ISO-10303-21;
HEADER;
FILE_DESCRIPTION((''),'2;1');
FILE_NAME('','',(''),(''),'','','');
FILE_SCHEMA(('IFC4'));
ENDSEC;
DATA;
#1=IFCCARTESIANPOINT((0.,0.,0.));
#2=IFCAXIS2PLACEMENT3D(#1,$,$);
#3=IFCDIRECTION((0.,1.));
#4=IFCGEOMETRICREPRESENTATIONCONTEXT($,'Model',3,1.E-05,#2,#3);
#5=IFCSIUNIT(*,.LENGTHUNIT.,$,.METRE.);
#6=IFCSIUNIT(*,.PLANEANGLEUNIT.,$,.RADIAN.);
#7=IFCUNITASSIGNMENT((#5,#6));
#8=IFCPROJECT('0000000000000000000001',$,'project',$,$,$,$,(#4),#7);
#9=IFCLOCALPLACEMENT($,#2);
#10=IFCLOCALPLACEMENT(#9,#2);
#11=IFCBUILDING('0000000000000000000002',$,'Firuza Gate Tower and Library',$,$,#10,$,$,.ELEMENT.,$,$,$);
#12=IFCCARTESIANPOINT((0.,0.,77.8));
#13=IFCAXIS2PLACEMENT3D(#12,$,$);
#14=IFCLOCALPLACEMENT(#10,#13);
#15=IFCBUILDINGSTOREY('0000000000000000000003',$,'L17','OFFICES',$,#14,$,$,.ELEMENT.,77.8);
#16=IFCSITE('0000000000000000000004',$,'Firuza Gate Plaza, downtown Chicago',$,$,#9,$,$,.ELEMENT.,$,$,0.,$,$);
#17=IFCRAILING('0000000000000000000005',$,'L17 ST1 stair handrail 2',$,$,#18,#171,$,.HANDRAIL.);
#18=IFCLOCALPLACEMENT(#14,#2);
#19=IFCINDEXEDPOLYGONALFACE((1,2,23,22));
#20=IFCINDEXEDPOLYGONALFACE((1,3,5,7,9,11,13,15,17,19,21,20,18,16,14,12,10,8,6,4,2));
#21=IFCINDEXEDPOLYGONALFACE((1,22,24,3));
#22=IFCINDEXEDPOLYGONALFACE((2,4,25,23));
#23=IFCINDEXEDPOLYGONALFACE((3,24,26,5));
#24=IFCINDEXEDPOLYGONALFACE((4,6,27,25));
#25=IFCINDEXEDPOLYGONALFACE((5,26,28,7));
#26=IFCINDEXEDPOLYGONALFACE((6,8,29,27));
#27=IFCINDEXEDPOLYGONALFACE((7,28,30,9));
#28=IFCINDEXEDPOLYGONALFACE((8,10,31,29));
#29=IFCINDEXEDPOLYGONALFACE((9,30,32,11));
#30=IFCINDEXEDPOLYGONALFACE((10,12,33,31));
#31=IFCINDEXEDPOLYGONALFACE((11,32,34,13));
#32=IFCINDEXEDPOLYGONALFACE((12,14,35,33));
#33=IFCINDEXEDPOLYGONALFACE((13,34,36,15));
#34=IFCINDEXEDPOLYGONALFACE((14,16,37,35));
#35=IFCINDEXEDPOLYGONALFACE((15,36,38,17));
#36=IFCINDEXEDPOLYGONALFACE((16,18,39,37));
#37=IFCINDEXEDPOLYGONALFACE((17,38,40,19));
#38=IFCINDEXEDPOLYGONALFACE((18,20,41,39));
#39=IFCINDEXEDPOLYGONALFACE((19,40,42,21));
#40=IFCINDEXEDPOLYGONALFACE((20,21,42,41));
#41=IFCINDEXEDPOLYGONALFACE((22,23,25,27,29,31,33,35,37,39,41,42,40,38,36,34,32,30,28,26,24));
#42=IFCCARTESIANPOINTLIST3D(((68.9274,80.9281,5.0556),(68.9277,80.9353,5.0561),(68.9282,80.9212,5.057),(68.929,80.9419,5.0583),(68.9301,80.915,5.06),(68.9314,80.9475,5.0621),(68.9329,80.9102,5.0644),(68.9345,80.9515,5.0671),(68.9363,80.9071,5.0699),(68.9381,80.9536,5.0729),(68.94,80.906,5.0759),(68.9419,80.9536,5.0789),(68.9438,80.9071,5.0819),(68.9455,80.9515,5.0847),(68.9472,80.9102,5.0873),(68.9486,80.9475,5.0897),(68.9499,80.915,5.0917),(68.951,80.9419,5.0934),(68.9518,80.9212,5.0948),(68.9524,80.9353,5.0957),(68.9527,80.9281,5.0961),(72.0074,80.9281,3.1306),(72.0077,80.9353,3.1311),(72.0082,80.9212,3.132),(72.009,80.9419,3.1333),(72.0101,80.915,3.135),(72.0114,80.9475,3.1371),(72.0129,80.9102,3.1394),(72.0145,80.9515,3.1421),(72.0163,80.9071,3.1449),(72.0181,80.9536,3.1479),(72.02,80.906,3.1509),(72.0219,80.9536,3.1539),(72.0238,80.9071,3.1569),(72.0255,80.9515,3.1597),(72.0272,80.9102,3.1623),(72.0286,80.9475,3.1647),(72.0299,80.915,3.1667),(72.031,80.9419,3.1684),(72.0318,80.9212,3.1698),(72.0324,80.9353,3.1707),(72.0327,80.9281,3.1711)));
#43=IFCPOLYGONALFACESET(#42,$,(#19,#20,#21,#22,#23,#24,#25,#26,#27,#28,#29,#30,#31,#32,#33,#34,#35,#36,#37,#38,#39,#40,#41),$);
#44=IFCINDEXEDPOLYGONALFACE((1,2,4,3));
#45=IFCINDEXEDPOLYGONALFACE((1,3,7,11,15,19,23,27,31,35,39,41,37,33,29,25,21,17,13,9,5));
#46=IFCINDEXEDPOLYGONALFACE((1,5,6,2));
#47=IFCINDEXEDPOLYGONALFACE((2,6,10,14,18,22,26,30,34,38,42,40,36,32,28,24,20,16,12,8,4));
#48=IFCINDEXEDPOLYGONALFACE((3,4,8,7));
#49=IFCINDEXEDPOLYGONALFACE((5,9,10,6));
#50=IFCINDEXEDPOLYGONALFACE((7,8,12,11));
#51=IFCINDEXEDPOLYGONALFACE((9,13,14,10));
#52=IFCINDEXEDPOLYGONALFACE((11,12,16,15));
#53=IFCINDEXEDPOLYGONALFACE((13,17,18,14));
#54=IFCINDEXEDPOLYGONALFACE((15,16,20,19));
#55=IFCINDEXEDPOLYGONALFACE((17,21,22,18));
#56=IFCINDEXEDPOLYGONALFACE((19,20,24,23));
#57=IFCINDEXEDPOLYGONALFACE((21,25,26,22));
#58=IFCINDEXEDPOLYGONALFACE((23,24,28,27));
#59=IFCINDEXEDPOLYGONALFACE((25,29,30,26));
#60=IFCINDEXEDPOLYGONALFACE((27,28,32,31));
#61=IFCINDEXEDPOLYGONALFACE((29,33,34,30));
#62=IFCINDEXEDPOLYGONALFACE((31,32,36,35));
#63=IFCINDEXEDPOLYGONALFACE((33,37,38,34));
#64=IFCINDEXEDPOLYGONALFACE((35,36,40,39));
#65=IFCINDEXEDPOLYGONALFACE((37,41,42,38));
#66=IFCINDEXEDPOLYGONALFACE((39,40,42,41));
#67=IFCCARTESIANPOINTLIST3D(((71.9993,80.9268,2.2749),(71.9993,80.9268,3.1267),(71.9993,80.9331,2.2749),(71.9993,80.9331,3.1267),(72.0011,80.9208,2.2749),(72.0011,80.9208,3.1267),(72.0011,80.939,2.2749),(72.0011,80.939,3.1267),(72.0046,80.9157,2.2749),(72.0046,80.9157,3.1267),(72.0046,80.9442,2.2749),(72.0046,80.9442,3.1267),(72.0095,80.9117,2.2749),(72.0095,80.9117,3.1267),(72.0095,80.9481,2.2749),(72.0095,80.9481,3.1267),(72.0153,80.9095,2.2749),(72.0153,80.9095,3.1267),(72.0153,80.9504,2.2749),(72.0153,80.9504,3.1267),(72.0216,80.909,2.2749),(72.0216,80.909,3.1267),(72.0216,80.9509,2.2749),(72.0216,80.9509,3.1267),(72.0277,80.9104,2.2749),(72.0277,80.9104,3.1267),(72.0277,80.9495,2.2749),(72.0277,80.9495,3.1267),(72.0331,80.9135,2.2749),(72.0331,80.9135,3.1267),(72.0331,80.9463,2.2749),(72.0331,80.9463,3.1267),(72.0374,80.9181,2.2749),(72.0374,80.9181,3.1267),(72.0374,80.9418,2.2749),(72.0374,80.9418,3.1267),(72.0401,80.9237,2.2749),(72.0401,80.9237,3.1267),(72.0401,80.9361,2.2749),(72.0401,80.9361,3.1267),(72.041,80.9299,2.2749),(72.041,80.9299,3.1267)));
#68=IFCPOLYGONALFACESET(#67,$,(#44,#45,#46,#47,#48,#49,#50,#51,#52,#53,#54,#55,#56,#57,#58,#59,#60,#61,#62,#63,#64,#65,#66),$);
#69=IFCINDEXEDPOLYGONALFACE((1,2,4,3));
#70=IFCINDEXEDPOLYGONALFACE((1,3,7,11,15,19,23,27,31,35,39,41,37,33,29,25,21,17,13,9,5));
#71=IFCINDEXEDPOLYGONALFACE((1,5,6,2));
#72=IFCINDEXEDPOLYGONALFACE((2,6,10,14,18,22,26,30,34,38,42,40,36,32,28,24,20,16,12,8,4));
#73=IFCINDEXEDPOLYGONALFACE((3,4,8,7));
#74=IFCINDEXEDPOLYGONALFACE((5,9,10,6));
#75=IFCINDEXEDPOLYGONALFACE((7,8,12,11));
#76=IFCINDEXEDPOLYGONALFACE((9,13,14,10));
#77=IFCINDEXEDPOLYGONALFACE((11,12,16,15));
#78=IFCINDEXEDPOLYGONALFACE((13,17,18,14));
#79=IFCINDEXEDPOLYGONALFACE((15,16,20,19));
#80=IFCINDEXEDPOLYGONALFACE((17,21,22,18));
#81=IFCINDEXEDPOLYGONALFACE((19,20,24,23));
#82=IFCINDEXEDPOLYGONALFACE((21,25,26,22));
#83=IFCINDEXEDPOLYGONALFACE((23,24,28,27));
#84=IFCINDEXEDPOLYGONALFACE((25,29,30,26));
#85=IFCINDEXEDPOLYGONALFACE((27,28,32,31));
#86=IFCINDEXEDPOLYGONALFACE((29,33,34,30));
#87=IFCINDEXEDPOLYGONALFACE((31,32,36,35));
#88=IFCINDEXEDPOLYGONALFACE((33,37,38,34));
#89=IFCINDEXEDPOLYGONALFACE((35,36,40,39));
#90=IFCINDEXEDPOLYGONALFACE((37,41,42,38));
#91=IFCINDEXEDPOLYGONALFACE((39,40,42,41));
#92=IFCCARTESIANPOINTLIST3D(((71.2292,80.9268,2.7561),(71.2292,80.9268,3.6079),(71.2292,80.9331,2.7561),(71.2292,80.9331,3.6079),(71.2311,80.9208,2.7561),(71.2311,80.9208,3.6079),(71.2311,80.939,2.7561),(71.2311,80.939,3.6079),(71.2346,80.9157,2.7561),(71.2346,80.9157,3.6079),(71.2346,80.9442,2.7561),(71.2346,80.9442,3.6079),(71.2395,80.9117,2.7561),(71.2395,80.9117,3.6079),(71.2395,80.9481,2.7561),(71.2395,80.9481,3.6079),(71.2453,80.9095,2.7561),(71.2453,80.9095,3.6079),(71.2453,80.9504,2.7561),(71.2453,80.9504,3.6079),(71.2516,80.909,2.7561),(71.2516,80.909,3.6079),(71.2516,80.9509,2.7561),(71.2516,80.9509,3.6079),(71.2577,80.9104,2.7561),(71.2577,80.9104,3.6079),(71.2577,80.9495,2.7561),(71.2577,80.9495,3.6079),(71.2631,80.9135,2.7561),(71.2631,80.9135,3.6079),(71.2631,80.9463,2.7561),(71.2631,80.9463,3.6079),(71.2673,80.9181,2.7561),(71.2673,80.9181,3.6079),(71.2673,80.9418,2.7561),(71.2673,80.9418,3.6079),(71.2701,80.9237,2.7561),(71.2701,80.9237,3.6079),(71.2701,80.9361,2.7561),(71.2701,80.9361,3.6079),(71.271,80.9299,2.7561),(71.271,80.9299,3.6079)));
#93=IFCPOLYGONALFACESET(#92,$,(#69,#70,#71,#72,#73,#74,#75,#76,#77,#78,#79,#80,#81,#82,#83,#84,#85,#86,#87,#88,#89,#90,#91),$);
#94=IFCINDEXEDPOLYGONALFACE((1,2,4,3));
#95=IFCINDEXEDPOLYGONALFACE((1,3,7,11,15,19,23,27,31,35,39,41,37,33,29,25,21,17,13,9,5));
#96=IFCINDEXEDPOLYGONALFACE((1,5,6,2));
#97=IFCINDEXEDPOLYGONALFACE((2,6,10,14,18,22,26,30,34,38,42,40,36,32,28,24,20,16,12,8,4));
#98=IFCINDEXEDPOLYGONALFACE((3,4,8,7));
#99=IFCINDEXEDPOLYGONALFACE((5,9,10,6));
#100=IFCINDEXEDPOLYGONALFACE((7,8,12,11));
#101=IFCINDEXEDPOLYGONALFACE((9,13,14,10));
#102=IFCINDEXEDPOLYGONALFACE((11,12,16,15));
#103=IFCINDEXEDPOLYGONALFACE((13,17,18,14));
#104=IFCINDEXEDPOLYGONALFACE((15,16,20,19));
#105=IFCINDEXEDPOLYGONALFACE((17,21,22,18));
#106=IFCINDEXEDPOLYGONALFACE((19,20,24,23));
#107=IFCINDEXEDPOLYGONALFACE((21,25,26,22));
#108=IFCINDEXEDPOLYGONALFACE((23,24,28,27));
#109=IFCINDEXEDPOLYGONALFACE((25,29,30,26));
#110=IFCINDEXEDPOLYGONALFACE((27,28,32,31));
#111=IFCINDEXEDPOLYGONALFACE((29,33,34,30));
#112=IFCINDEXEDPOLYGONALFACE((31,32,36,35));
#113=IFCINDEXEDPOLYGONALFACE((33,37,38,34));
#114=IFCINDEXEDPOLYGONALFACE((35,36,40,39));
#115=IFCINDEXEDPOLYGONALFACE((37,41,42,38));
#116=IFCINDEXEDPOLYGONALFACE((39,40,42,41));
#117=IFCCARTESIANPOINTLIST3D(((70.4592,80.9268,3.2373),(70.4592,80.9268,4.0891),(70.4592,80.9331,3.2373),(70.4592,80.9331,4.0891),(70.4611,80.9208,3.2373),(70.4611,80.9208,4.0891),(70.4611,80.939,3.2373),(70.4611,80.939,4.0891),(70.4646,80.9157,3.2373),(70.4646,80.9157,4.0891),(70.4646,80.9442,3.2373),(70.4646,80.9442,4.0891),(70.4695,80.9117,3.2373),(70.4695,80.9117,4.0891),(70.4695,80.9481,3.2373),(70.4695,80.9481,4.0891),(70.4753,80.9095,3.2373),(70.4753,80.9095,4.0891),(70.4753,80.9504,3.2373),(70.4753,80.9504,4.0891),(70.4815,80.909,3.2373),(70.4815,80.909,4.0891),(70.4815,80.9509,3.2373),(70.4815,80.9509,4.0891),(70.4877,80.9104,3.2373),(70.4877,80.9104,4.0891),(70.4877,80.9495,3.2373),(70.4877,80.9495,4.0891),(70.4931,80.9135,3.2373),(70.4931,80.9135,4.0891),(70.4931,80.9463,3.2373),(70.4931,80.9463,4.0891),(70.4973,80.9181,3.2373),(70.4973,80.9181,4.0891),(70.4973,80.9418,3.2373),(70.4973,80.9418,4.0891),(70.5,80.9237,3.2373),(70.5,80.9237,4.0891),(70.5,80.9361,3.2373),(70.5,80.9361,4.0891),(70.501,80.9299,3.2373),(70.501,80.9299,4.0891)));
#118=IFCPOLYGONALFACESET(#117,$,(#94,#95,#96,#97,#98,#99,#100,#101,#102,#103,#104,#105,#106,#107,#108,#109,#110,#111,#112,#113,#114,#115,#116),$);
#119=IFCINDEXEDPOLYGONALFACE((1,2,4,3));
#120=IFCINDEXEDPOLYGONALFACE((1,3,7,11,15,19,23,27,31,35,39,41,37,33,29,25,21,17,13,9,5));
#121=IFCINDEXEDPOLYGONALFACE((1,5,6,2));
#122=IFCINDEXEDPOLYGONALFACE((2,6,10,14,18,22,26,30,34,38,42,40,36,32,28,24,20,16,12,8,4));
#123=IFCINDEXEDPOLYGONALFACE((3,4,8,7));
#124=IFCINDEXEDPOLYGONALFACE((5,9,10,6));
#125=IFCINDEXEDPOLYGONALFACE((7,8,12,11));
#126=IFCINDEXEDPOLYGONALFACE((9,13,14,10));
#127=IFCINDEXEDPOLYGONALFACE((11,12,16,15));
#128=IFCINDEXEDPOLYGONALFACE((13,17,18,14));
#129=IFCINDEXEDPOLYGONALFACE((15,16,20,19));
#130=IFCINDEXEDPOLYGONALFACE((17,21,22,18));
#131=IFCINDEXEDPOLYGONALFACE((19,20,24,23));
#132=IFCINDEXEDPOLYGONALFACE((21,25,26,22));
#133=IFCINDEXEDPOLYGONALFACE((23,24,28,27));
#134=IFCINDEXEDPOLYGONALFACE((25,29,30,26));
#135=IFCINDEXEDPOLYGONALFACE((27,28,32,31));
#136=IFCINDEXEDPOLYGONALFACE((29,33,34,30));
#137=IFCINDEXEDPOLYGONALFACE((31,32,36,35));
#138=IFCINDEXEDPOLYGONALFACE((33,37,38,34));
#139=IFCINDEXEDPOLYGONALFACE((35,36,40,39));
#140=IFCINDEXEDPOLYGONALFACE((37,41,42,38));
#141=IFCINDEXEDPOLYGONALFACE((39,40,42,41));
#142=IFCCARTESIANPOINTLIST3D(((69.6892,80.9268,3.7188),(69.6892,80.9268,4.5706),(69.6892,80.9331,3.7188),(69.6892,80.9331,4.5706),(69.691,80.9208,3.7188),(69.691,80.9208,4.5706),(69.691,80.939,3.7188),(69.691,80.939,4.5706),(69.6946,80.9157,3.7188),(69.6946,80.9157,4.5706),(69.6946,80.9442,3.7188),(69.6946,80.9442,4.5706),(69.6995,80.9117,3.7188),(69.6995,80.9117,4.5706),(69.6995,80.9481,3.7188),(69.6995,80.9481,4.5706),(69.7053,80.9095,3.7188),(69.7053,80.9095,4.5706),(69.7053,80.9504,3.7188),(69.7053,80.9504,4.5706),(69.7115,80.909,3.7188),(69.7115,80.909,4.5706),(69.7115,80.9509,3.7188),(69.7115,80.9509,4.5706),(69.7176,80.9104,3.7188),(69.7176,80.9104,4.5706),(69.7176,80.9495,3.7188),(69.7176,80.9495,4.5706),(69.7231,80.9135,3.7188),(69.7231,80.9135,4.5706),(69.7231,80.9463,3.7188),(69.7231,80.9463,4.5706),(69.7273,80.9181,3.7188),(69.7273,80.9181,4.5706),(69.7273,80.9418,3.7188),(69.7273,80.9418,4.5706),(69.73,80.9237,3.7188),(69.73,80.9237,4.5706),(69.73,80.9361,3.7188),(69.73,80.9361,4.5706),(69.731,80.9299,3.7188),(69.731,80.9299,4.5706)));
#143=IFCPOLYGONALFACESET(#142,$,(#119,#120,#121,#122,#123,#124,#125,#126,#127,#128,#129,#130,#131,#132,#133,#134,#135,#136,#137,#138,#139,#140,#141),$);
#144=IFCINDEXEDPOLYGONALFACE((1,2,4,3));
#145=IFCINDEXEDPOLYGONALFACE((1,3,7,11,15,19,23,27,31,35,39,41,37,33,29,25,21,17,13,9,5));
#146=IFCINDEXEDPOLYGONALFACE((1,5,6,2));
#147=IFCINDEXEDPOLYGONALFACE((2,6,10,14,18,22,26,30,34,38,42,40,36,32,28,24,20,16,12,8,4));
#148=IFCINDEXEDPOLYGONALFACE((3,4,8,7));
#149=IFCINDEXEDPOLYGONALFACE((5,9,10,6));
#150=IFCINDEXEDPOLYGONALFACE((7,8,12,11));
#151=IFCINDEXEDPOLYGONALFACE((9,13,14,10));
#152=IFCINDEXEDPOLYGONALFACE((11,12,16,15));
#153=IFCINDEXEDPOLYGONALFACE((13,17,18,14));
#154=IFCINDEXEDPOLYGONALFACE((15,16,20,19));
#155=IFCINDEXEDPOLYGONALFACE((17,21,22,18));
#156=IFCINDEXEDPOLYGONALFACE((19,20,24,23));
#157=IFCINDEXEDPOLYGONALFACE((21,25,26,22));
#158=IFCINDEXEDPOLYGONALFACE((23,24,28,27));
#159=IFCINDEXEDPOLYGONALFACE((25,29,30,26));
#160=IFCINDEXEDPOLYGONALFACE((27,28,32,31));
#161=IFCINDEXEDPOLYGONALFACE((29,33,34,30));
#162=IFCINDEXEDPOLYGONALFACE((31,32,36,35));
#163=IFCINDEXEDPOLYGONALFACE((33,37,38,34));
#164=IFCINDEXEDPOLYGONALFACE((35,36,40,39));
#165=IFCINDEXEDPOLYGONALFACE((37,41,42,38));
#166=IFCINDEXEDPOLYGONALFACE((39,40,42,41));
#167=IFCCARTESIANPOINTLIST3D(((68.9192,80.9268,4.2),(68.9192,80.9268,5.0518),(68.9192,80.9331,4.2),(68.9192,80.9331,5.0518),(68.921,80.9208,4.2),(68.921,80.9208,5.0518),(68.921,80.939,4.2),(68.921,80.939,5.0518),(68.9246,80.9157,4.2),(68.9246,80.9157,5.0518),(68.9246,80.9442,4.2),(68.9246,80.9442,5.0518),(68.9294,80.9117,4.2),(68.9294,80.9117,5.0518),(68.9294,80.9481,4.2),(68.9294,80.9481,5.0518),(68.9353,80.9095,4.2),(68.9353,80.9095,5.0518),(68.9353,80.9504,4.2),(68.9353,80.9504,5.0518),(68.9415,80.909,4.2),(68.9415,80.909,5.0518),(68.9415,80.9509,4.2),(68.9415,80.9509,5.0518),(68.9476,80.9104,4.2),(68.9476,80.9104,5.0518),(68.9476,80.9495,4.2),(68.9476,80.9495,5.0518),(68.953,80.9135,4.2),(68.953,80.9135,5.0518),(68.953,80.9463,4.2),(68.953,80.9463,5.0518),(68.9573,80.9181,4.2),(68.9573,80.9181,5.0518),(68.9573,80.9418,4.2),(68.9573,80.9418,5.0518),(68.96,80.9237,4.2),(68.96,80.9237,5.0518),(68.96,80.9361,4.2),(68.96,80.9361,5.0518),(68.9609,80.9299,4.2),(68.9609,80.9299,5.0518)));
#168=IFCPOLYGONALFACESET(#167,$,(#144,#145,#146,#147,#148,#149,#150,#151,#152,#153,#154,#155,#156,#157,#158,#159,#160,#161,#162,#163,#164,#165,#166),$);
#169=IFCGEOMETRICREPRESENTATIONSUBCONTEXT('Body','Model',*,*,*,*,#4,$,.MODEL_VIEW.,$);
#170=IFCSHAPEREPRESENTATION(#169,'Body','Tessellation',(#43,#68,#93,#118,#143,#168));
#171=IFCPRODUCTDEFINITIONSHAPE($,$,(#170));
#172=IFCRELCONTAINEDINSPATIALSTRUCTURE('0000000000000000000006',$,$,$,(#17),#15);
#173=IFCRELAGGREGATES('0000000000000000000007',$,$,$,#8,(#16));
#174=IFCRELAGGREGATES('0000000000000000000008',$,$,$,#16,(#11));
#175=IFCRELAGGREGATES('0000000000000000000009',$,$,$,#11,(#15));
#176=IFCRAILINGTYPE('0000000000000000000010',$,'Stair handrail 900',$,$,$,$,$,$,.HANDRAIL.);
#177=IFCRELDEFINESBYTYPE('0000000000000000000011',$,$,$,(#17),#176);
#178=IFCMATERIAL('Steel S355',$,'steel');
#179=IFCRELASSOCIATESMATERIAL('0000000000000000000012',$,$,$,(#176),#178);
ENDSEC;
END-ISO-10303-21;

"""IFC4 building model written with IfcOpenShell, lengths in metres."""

from ifc_helpers import new_model, si_unit, direction, frame, origin, origin_2d, place, context, subcontext, project, spatial, circle, extrude, material, type_object, element, save


model = new_model("IFC4")

# Units and contexts
model_context = context("Model", 3, precision=1e-05, world=origin(), true_north=direction((0.0, 1.0)))
body_context = subcontext(model_context, "Body", "Model", "MODEL_VIEW")
ifc_project = project(units=[si_unit("LENGTHUNIT", "METRE"), si_unit("PLANEANGLEUNIT", "RADIAN")], contexts=[model_context])

# Site, building, storey
site_placement = place(None, origin())
site = spatial("IfcSite", under=ifc_project, at=site_placement, Name="Firuza Gate Plaza, downtown Chicago", CompositionType="ELEMENT", RefElevation=0.0)
building_placement = place(site_placement, origin())
building = spatial("IfcBuilding", under=site, at=building_placement, Name="Firuza Gate Tower and Library", CompositionType="ELEMENT")
storey_placement = place(building_placement, frame((0.0, 0.0, 77.8)))
storey = spatial("IfcBuildingStorey", under=building, at=storey_placement, Name="L17", Description="OFFICES", CompositionType="ELEMENT", Elevation=77.8)

# Railing
ifc_material_1 = material(Name="Steel S355", Category="steel")
railing_type_1 = type_object("IfcRailingType", Name="Stair handrail 900", PredefinedType="HANDRAIL", material=ifc_material_1)
railing_1_placement = place(storey_placement, frame((72.02, 80.9299, 2.2749)))
element("IfcRailing", 1, at=railing_1_placement, inside=storey, type_object=railing_type_1, Name="L17 ST1 stair handrail 2", PredefinedType="HANDRAIL", context=body_context, shape_type="SweptSolid", body=[
    extrude(circle(Radius=0.0239, at=origin_2d()), frame((0.0, 0.0, 0.876), z_axis=(-0.847998, 0.0, 0.529999), x_axis=(0.0, -1.0, 0.0)), (0.0, 0.0, 1.0), 3.6321),
    extrude(circle(Radius=0.021, at=origin_2d()), origin(), (0.0, 0.0, 1.0), 0.8518),
    extrude(circle(Radius=0.021, at=origin_2d()), frame((-0.77, 0.0, 0.4812)), (0.0, 0.0, 1.0), 0.8518),
    extrude(circle(Radius=0.021, at=origin_2d()), frame((-1.54, 0.0, 0.9624)), (0.0, 0.0, 1.0), 0.8518),
    extrude(circle(Radius=0.021, at=origin_2d()), frame((-2.3101, 0.0, 1.4438)), (0.0, 0.0, 1.0), 0.8518),
    extrude(circle(Radius=0.021, at=origin_2d()), frame((-3.0801, 0.0, 1.925)), (0.0, 0.0, 1.0), 0.8518),
])

save(model, "model.ifc")
